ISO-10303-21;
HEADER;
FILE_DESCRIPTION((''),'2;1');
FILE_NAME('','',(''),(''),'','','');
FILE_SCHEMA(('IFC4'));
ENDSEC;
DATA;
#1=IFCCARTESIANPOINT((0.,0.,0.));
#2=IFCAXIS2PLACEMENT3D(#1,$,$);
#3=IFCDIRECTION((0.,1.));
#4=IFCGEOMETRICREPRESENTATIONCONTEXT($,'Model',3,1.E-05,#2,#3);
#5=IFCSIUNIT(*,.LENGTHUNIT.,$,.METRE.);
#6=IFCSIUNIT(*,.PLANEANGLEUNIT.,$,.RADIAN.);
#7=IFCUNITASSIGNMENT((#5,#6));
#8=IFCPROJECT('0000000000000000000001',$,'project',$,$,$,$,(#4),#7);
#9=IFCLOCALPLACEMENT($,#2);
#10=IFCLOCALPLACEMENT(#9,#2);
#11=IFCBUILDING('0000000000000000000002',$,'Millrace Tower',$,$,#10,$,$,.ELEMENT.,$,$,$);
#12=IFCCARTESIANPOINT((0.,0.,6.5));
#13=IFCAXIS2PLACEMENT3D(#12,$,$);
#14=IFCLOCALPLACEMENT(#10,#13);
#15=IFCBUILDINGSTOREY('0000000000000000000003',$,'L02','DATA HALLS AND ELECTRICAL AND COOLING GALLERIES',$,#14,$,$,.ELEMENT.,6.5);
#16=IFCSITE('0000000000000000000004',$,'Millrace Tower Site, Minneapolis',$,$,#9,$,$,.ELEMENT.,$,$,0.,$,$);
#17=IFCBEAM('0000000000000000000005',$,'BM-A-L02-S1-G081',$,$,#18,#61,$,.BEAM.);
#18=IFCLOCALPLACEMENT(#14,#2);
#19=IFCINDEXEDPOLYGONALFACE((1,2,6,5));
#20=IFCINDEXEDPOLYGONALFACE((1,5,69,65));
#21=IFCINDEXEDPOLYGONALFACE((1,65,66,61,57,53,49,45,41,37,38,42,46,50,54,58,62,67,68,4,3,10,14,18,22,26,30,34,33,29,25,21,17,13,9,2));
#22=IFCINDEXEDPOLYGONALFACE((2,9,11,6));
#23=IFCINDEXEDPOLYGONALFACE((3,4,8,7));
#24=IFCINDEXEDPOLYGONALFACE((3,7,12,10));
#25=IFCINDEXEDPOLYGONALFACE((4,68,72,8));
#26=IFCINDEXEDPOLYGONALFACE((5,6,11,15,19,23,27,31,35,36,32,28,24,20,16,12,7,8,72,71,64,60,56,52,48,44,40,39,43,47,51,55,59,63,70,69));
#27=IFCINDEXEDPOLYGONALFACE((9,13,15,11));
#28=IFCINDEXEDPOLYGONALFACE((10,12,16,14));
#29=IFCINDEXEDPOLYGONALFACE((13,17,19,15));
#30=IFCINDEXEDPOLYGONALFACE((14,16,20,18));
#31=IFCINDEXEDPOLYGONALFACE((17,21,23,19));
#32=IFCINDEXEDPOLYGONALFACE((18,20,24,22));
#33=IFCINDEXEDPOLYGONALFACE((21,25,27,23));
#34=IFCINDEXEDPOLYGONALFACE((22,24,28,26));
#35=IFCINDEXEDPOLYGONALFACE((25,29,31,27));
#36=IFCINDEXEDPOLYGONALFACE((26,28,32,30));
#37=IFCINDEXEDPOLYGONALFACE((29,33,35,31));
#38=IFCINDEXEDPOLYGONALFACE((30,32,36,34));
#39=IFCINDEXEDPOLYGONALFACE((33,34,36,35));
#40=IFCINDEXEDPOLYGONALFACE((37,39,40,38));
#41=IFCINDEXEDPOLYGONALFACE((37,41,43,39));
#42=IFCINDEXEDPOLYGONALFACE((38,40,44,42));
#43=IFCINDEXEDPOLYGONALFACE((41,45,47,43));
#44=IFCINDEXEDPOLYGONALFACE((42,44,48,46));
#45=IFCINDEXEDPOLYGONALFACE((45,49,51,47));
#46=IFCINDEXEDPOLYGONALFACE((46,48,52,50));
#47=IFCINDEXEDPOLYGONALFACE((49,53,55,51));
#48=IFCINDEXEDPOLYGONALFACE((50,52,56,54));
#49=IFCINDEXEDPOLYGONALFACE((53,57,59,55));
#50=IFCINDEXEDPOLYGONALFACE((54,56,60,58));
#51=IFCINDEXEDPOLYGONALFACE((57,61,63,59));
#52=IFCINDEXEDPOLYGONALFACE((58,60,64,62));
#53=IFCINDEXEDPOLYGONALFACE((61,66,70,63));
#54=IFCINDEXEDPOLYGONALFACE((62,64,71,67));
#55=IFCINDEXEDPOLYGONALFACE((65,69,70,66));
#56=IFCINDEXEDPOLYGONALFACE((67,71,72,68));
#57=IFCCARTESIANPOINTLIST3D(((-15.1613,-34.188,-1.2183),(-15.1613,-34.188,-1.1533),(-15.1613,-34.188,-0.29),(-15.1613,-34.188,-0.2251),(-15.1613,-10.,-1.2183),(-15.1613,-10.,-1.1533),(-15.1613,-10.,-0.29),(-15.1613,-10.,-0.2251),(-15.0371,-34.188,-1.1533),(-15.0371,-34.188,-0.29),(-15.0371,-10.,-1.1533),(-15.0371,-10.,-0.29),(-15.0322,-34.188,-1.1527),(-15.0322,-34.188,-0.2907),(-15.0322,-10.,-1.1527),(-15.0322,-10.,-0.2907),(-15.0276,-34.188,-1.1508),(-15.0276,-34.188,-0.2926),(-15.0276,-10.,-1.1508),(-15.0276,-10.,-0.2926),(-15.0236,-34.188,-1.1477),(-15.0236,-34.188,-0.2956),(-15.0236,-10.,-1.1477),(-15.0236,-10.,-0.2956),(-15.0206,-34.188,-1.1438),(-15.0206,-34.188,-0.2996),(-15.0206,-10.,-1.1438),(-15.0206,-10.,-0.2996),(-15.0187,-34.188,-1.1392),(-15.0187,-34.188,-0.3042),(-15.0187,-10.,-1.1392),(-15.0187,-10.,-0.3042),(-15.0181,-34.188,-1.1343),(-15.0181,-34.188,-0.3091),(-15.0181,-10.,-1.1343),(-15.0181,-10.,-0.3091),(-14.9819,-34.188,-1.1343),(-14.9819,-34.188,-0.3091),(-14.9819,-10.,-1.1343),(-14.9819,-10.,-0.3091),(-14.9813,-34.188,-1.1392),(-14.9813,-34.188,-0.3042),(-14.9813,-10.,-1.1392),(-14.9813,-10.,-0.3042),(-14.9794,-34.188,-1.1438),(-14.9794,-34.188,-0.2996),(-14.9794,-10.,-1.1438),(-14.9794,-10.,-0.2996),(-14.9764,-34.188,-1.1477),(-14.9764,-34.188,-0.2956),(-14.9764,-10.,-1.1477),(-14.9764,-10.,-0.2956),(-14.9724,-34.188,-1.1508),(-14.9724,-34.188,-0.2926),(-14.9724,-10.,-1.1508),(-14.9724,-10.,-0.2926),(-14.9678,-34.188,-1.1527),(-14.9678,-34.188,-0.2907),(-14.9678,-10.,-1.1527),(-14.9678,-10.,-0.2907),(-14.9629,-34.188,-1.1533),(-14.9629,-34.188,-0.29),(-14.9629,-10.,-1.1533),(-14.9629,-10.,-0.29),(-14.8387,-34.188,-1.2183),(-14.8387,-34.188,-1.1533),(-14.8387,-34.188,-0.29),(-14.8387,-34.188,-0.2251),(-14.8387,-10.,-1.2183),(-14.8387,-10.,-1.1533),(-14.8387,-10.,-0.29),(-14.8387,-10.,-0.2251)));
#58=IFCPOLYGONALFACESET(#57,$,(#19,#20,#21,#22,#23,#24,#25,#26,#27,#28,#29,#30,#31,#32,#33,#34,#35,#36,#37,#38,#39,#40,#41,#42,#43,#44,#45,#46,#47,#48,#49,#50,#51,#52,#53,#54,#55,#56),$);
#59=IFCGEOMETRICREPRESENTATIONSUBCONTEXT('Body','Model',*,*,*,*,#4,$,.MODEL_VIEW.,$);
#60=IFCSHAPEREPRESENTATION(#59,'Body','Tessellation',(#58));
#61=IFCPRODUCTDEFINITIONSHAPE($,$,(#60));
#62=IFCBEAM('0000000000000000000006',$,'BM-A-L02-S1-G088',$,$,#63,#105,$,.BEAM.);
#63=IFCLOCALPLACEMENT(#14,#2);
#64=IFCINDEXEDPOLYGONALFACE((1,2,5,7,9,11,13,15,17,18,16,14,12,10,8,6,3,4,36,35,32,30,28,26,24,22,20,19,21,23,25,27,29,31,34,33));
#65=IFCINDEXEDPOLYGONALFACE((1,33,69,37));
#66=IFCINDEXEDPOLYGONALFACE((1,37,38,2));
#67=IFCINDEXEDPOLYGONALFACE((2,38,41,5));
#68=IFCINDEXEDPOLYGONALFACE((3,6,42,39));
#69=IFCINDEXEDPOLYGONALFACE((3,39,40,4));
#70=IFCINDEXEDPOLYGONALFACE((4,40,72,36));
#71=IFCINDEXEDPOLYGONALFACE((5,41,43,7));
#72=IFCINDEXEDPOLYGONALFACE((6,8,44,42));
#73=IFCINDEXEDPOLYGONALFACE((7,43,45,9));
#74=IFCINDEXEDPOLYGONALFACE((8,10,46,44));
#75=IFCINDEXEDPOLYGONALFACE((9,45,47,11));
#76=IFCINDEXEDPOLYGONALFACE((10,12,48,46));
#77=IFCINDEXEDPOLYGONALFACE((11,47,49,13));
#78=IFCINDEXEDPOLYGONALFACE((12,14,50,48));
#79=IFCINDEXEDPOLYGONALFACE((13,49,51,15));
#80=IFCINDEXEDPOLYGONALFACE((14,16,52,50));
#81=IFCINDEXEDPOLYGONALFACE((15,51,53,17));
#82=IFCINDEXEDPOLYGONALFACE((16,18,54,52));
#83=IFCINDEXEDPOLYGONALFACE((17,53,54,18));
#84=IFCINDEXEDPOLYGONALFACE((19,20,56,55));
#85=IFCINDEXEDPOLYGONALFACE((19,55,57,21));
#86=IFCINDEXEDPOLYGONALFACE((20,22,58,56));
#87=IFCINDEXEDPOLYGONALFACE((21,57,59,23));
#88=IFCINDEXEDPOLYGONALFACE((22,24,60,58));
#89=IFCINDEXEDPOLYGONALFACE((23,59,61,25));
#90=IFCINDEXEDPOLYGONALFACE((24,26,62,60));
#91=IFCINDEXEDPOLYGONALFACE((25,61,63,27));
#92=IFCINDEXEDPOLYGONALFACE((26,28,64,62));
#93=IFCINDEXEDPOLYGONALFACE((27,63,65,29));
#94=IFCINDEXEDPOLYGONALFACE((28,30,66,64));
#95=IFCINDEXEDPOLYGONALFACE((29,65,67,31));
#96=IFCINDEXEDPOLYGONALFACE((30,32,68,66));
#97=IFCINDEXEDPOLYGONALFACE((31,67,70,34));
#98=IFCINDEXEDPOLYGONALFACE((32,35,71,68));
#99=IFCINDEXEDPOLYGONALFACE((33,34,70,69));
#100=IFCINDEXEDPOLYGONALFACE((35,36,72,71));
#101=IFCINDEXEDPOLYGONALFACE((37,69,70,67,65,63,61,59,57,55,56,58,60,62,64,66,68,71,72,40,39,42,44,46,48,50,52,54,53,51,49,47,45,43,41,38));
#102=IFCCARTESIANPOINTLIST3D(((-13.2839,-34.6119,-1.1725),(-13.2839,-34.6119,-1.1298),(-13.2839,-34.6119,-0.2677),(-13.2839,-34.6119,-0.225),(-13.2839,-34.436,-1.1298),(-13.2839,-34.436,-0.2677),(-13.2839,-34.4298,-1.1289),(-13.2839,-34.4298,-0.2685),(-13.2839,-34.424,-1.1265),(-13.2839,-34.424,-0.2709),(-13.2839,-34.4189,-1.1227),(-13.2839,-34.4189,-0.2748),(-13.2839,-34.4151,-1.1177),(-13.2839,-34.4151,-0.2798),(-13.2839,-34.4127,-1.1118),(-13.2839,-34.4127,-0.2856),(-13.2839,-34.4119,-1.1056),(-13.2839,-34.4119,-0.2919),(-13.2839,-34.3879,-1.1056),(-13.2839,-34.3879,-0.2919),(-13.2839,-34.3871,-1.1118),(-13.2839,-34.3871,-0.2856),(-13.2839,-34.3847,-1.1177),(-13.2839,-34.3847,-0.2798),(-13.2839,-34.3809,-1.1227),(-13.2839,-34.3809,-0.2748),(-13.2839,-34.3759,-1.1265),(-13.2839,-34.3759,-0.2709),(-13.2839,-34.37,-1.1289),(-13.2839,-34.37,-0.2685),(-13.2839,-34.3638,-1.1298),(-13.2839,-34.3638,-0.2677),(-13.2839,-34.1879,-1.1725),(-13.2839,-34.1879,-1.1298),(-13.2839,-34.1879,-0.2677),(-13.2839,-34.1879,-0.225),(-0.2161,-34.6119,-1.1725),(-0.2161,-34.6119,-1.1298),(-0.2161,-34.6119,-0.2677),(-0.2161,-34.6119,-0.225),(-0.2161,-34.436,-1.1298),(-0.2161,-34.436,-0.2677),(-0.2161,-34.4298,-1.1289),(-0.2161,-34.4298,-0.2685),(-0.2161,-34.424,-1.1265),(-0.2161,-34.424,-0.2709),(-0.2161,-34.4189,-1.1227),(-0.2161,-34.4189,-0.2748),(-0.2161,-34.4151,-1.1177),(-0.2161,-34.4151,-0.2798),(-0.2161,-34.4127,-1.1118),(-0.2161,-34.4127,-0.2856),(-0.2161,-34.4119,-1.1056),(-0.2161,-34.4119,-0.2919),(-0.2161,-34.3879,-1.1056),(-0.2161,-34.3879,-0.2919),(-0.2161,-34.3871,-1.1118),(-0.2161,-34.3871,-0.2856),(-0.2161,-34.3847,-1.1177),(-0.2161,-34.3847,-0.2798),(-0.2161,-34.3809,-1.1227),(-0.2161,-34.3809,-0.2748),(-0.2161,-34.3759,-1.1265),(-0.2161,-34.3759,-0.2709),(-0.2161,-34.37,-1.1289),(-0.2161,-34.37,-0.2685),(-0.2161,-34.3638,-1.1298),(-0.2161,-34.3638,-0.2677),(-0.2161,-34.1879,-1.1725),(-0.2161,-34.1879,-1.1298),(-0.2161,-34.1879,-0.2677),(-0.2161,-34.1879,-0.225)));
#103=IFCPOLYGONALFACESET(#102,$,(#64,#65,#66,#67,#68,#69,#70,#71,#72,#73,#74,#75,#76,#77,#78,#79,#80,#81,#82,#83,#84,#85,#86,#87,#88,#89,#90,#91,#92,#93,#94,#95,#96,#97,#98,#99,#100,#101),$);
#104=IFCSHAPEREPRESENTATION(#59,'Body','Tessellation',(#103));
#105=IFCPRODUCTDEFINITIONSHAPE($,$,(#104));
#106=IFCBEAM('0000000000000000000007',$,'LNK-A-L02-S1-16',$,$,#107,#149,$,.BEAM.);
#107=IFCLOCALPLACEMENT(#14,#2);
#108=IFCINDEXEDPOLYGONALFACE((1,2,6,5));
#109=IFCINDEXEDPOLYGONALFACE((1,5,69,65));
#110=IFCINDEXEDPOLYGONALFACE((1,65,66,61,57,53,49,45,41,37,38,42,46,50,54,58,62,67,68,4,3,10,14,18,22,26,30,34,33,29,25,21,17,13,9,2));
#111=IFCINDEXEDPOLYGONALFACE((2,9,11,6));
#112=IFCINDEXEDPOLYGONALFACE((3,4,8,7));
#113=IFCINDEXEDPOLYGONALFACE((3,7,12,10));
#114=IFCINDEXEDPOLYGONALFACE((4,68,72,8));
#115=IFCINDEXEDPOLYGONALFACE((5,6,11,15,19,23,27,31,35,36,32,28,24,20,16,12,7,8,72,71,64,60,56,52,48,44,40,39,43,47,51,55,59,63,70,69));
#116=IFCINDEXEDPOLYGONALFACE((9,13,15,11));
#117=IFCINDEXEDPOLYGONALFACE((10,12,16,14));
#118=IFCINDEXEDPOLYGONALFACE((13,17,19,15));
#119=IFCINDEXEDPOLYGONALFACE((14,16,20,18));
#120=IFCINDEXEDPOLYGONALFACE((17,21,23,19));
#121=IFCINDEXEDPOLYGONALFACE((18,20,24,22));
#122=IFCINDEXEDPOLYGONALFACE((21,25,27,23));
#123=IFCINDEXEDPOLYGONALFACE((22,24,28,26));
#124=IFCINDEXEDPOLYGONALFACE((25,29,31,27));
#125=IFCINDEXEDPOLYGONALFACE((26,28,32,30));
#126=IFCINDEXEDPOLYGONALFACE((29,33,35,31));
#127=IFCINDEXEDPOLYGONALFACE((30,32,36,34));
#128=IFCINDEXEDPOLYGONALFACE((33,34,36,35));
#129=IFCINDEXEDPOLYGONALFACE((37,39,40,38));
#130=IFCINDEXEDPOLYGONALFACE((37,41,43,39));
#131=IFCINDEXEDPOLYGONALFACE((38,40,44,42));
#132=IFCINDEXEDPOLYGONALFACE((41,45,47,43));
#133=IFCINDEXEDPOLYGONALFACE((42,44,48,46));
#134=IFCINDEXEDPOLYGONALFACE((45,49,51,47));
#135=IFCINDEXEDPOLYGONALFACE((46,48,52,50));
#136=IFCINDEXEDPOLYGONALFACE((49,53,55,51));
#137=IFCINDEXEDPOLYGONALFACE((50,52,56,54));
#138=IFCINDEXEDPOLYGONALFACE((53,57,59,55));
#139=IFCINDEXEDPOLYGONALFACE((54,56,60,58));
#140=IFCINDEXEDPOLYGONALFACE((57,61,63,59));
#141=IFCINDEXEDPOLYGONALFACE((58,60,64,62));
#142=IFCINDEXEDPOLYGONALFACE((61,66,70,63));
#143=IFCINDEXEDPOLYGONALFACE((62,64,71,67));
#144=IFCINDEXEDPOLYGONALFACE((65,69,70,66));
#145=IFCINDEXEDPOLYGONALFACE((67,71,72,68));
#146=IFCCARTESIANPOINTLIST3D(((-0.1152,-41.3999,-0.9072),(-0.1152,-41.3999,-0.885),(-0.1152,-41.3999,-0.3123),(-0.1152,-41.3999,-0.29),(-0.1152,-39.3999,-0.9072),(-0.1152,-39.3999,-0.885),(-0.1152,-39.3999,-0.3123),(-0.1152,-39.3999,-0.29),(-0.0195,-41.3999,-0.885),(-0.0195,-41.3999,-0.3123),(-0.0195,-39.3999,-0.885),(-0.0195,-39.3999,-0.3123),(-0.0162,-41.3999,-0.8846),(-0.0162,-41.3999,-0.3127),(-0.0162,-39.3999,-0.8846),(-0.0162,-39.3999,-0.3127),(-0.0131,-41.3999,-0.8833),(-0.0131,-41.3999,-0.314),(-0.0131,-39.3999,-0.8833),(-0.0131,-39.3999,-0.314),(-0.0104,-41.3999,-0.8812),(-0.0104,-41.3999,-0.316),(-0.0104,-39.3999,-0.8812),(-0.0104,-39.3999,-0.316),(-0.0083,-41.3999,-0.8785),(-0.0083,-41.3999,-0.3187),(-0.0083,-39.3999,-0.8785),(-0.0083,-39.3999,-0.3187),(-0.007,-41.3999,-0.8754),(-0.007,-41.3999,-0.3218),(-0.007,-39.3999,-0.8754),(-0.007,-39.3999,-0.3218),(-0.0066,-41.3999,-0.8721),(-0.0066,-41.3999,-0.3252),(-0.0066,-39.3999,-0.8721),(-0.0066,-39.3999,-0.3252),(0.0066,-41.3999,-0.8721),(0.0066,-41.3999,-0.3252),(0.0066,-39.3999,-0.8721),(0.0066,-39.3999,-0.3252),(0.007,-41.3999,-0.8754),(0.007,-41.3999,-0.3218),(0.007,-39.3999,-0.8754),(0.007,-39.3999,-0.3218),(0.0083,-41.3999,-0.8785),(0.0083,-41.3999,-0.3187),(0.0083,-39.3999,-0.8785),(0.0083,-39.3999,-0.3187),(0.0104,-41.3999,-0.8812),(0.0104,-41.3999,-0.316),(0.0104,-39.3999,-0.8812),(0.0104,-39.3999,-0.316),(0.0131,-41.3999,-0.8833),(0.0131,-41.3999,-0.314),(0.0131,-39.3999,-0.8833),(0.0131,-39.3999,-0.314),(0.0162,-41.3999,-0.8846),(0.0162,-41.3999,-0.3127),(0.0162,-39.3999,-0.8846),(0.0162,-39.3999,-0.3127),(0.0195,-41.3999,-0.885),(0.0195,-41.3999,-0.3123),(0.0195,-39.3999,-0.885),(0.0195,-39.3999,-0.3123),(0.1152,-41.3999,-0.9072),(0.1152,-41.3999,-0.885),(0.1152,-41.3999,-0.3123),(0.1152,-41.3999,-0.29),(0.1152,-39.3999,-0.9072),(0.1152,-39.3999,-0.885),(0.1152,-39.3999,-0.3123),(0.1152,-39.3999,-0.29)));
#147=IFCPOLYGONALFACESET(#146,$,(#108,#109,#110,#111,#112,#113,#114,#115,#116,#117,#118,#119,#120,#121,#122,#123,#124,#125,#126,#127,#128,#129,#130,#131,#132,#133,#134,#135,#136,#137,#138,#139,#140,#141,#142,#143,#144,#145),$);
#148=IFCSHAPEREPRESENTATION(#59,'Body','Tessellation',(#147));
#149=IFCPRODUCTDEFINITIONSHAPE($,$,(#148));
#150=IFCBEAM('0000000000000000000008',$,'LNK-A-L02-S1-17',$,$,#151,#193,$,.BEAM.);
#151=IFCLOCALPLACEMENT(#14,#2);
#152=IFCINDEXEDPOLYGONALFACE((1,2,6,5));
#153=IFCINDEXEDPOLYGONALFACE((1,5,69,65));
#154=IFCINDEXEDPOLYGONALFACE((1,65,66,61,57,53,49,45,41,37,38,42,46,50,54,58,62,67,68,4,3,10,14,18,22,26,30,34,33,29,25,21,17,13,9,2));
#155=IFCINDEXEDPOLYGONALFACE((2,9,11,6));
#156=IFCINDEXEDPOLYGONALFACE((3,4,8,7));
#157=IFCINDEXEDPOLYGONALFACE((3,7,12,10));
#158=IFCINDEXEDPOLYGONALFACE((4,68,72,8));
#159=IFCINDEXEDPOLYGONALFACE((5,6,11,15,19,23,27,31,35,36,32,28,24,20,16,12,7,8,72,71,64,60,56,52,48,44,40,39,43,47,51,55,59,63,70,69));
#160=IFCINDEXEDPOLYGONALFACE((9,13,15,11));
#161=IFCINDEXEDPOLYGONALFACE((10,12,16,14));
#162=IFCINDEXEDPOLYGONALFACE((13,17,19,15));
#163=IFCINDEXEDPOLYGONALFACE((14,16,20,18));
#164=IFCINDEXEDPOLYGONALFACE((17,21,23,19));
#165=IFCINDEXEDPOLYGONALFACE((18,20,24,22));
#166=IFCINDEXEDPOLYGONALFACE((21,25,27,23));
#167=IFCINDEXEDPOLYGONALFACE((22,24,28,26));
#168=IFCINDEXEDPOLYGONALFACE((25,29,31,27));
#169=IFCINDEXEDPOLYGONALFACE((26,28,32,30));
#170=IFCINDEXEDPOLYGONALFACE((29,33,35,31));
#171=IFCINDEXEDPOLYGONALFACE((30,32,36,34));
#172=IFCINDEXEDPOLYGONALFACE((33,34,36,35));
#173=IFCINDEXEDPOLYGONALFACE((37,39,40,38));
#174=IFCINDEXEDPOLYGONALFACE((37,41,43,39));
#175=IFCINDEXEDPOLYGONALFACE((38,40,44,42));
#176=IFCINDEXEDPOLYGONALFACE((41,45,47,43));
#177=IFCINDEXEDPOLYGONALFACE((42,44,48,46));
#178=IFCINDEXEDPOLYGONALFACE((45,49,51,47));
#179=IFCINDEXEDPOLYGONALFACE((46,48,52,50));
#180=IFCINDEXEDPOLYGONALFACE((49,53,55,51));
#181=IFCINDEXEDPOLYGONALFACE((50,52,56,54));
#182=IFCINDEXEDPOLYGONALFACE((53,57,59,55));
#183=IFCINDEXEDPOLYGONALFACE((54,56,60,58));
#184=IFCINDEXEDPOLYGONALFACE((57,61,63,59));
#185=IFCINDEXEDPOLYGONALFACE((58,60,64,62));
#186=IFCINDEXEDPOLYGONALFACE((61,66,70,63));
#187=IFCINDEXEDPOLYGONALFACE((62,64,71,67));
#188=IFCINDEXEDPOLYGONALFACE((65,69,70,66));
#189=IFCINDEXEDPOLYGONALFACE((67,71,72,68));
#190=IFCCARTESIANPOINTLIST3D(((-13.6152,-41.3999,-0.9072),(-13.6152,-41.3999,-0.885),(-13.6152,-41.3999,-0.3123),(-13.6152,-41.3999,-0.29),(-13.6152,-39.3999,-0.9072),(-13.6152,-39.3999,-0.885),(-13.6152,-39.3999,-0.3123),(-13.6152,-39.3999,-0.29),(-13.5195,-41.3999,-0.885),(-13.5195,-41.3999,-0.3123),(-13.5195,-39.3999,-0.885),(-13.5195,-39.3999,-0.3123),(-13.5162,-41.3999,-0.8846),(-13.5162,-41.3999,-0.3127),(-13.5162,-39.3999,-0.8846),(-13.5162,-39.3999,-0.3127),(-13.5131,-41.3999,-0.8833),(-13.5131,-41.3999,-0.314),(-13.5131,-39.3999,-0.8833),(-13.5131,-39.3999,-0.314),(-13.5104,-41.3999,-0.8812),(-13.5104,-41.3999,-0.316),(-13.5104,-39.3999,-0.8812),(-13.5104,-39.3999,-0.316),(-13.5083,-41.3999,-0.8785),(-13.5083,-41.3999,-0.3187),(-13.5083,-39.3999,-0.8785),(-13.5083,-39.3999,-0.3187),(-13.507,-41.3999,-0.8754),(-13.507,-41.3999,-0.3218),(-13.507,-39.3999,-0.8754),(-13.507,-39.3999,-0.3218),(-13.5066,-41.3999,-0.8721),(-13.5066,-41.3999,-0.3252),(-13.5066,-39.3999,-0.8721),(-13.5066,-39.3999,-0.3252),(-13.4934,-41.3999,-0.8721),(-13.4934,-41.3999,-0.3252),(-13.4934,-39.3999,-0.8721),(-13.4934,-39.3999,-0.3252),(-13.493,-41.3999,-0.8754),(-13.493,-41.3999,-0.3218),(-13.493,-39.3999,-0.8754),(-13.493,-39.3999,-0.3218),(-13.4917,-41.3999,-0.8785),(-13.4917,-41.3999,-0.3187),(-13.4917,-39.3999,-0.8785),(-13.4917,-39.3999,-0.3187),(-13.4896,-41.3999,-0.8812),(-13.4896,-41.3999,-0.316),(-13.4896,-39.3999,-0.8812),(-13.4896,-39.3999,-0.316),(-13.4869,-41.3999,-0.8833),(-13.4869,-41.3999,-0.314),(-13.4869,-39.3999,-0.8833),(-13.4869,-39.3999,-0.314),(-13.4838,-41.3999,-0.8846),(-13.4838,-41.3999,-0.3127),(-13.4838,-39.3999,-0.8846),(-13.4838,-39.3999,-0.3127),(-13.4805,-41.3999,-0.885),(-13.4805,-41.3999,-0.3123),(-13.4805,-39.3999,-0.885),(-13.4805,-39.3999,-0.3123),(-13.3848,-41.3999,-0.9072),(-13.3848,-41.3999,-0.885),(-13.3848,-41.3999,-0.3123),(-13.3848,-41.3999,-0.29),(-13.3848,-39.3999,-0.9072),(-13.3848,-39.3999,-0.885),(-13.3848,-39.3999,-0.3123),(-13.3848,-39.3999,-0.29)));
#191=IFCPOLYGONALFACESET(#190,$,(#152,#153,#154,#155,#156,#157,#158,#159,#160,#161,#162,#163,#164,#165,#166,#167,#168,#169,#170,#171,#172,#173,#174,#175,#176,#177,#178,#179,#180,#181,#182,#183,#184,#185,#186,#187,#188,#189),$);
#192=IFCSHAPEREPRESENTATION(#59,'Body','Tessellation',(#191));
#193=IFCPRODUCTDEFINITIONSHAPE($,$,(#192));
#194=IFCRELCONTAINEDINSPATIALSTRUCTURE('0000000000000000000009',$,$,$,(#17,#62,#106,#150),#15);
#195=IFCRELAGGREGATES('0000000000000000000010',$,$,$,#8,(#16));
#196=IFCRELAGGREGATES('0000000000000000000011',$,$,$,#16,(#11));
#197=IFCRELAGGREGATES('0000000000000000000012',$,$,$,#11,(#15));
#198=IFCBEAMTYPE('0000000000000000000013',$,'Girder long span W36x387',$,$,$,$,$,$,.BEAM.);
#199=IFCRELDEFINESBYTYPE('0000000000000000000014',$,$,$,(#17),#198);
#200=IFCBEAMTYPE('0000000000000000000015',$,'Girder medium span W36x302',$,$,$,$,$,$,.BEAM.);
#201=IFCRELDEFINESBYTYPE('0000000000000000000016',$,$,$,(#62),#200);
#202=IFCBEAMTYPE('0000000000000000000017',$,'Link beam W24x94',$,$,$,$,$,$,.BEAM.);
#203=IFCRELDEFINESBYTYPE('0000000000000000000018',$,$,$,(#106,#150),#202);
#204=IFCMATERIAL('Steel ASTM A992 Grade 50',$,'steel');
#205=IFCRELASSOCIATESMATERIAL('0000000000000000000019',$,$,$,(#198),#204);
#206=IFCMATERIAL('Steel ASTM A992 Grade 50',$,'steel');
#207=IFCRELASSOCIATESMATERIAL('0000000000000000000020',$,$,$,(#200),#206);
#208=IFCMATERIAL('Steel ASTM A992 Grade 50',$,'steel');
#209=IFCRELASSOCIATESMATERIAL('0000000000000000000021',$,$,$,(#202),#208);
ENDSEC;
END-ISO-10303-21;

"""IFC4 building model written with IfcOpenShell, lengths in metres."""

from ifc_helpers import new_model, si_unit, direction, frame, origin, origin_2d, place, context, subcontext, project, spatial, i_section, extrude, material, material_profile, profile_set, type_object, element, save


model = new_model("IFC4")

# Units and contexts
model_context = context("Model", 3, precision=1e-05, world=origin(), true_north=direction((0.0, 1.0)))
body_context = subcontext(model_context, "Body", "Model", "MODEL_VIEW")
ifc_project = project(units=[si_unit("LENGTHUNIT", "METRE"), si_unit("PLANEANGLEUNIT", "RADIAN")], contexts=[model_context])

# Site, building, storey
site_placement = place(None, origin())
site = spatial("IfcSite", under=ifc_project, at=site_placement, Name="Millrace Tower Site, Minneapolis", CompositionType="ELEMENT", RefElevation=0.0)
building_placement = place(site_placement, origin())
building = spatial("IfcBuilding", under=site, at=building_placement, Name="Millrace Tower", CompositionType="ELEMENT")
storey_placement = place(building_placement, frame((0.0, 0.0, 6.5)))
storey = spatial("IfcBuildingStorey", under=building, at=storey_placement, Name="L02", Description="DATA HALLS AND ELECTRICAL AND COOLING GALLERIES", CompositionType="ELEMENT", Elevation=6.5)

# Beams
ifc_material_1 = material(Name="Steel ASTM A992 Grade 50", Category="steel")
ifc_material_profile_1 = material_profile(ifc_material_1, i_section(OverallWidth=0.3225, OverallDepth=0.9932, WebThickness=0.0361, FlangeThickness=0.0649, FilletRadius=0.019, at=origin_2d()))
ifc_profile_set_1 = profile_set([ifc_material_profile_1], Name="Steel ASTM A992 Grade 50")
beam_type_1 = type_object("IfcBeamType", Name="Girder long span W36x387", PredefinedType="BEAM", material=ifc_profile_set_1)
beam_1_placement = place(storey_placement, frame((-15.0, -34.188, -0.7217), z_axis=(0.0, 1.0, 0.0), x_axis=(-1.0, 0.0, 0.0)))
element("IfcBeam", 1, at=beam_1_placement, inside=storey, type_object=beam_type_1, Name="BM-A-L02-S1-G081", PredefinedType="BEAM", context=body_context, shape_type="SweptSolid", body=[
    extrude(i_section(OverallWidth=0.3225, OverallDepth=0.9932, WebThickness=0.0361, FlangeThickness=0.0649, FilletRadius=0.019, at=origin_2d()), origin(), (0.0, 0.0, 1.0), 24.188),
])
ifc_material_2 = material(Name="Steel ASTM A992 Grade 50", Category="steel")
ifc_material_profile_2 = material_profile(ifc_material_2, i_section(OverallWidth=0.4241, OverallDepth=0.9475, WebThickness=0.0239, FlangeThickness=0.0427, FilletRadius=0.0242, at=origin_2d()))
ifc_profile_set_2 = profile_set([ifc_material_profile_2], Name="Steel ASTM A992 Grade 50")
beam_type_2 = type_object("IfcBeamType", Name="Girder medium span W36x302", PredefinedType="BEAM", material=ifc_profile_set_2)
beam_2_placement = place(storey_placement, frame((-13.2839, -34.3999, -0.6987), z_axis=(1.0, 0.0, 0.0), x_axis=(0.0, 1.0, 0.0)))
element("IfcBeam", 2, at=beam_2_placement, inside=storey, type_object=beam_type_2, Name="BM-A-L02-S1-G088", PredefinedType="BEAM", context=body_context, shape_type="SweptSolid", body=[
    extrude(i_section(OverallWidth=0.4241, OverallDepth=0.9475, WebThickness=0.0239, FlangeThickness=0.0427, FilletRadius=0.0242, at=origin_2d()), origin(), (0.0, 0.0, 1.0), 13.0679),
])
ifc_material_3 = material(Name="Steel ASTM A992 Grade 50", Category="steel")
ifc_material_profile_3 = material_profile(ifc_material_3, i_section(OverallWidth=0.2305, OverallDepth=0.6172, WebThickness=0.0132, FlangeThickness=0.0222, FilletRadius=0.0129, at=origin_2d()))
ifc_profile_set_3 = profile_set([ifc_material_profile_3], Name="Steel ASTM A992 Grade 50")
beam_type_3 = type_object("IfcBeamType", Name="Link beam W24x94", PredefinedType="BEAM", material=ifc_profile_set_3)
for number, where, z_axis, x_axis, name in (
    (3, (0.0, -39.3999, -0.5986), (0.0, -1.0, 0.0), (1.0, 0.0, 0.0), "LNK-A-L02-S1-16"),
    (4, (-13.5, -39.3999, -0.5986), (0.0, -1.0, 0.0), (1.0, 0.0, 0.0), "LNK-A-L02-S1-17"),
):
    element("IfcBeam", number, at=place(storey_placement, frame(where, z_axis=z_axis, x_axis=x_axis)), inside=storey, type_object=beam_type_3, Name=name, PredefinedType="BEAM", context=body_context, shape_type="SweptSolid", body=[
        extrude(i_section(OverallWidth=0.2305, OverallDepth=0.6172, WebThickness=0.0132, FlangeThickness=0.0222, FilletRadius=0.0129, at=origin_2d()), origin(), (0.0, 0.0, 1.0), 2.0),
    ])

save(model, "model.ifc")
